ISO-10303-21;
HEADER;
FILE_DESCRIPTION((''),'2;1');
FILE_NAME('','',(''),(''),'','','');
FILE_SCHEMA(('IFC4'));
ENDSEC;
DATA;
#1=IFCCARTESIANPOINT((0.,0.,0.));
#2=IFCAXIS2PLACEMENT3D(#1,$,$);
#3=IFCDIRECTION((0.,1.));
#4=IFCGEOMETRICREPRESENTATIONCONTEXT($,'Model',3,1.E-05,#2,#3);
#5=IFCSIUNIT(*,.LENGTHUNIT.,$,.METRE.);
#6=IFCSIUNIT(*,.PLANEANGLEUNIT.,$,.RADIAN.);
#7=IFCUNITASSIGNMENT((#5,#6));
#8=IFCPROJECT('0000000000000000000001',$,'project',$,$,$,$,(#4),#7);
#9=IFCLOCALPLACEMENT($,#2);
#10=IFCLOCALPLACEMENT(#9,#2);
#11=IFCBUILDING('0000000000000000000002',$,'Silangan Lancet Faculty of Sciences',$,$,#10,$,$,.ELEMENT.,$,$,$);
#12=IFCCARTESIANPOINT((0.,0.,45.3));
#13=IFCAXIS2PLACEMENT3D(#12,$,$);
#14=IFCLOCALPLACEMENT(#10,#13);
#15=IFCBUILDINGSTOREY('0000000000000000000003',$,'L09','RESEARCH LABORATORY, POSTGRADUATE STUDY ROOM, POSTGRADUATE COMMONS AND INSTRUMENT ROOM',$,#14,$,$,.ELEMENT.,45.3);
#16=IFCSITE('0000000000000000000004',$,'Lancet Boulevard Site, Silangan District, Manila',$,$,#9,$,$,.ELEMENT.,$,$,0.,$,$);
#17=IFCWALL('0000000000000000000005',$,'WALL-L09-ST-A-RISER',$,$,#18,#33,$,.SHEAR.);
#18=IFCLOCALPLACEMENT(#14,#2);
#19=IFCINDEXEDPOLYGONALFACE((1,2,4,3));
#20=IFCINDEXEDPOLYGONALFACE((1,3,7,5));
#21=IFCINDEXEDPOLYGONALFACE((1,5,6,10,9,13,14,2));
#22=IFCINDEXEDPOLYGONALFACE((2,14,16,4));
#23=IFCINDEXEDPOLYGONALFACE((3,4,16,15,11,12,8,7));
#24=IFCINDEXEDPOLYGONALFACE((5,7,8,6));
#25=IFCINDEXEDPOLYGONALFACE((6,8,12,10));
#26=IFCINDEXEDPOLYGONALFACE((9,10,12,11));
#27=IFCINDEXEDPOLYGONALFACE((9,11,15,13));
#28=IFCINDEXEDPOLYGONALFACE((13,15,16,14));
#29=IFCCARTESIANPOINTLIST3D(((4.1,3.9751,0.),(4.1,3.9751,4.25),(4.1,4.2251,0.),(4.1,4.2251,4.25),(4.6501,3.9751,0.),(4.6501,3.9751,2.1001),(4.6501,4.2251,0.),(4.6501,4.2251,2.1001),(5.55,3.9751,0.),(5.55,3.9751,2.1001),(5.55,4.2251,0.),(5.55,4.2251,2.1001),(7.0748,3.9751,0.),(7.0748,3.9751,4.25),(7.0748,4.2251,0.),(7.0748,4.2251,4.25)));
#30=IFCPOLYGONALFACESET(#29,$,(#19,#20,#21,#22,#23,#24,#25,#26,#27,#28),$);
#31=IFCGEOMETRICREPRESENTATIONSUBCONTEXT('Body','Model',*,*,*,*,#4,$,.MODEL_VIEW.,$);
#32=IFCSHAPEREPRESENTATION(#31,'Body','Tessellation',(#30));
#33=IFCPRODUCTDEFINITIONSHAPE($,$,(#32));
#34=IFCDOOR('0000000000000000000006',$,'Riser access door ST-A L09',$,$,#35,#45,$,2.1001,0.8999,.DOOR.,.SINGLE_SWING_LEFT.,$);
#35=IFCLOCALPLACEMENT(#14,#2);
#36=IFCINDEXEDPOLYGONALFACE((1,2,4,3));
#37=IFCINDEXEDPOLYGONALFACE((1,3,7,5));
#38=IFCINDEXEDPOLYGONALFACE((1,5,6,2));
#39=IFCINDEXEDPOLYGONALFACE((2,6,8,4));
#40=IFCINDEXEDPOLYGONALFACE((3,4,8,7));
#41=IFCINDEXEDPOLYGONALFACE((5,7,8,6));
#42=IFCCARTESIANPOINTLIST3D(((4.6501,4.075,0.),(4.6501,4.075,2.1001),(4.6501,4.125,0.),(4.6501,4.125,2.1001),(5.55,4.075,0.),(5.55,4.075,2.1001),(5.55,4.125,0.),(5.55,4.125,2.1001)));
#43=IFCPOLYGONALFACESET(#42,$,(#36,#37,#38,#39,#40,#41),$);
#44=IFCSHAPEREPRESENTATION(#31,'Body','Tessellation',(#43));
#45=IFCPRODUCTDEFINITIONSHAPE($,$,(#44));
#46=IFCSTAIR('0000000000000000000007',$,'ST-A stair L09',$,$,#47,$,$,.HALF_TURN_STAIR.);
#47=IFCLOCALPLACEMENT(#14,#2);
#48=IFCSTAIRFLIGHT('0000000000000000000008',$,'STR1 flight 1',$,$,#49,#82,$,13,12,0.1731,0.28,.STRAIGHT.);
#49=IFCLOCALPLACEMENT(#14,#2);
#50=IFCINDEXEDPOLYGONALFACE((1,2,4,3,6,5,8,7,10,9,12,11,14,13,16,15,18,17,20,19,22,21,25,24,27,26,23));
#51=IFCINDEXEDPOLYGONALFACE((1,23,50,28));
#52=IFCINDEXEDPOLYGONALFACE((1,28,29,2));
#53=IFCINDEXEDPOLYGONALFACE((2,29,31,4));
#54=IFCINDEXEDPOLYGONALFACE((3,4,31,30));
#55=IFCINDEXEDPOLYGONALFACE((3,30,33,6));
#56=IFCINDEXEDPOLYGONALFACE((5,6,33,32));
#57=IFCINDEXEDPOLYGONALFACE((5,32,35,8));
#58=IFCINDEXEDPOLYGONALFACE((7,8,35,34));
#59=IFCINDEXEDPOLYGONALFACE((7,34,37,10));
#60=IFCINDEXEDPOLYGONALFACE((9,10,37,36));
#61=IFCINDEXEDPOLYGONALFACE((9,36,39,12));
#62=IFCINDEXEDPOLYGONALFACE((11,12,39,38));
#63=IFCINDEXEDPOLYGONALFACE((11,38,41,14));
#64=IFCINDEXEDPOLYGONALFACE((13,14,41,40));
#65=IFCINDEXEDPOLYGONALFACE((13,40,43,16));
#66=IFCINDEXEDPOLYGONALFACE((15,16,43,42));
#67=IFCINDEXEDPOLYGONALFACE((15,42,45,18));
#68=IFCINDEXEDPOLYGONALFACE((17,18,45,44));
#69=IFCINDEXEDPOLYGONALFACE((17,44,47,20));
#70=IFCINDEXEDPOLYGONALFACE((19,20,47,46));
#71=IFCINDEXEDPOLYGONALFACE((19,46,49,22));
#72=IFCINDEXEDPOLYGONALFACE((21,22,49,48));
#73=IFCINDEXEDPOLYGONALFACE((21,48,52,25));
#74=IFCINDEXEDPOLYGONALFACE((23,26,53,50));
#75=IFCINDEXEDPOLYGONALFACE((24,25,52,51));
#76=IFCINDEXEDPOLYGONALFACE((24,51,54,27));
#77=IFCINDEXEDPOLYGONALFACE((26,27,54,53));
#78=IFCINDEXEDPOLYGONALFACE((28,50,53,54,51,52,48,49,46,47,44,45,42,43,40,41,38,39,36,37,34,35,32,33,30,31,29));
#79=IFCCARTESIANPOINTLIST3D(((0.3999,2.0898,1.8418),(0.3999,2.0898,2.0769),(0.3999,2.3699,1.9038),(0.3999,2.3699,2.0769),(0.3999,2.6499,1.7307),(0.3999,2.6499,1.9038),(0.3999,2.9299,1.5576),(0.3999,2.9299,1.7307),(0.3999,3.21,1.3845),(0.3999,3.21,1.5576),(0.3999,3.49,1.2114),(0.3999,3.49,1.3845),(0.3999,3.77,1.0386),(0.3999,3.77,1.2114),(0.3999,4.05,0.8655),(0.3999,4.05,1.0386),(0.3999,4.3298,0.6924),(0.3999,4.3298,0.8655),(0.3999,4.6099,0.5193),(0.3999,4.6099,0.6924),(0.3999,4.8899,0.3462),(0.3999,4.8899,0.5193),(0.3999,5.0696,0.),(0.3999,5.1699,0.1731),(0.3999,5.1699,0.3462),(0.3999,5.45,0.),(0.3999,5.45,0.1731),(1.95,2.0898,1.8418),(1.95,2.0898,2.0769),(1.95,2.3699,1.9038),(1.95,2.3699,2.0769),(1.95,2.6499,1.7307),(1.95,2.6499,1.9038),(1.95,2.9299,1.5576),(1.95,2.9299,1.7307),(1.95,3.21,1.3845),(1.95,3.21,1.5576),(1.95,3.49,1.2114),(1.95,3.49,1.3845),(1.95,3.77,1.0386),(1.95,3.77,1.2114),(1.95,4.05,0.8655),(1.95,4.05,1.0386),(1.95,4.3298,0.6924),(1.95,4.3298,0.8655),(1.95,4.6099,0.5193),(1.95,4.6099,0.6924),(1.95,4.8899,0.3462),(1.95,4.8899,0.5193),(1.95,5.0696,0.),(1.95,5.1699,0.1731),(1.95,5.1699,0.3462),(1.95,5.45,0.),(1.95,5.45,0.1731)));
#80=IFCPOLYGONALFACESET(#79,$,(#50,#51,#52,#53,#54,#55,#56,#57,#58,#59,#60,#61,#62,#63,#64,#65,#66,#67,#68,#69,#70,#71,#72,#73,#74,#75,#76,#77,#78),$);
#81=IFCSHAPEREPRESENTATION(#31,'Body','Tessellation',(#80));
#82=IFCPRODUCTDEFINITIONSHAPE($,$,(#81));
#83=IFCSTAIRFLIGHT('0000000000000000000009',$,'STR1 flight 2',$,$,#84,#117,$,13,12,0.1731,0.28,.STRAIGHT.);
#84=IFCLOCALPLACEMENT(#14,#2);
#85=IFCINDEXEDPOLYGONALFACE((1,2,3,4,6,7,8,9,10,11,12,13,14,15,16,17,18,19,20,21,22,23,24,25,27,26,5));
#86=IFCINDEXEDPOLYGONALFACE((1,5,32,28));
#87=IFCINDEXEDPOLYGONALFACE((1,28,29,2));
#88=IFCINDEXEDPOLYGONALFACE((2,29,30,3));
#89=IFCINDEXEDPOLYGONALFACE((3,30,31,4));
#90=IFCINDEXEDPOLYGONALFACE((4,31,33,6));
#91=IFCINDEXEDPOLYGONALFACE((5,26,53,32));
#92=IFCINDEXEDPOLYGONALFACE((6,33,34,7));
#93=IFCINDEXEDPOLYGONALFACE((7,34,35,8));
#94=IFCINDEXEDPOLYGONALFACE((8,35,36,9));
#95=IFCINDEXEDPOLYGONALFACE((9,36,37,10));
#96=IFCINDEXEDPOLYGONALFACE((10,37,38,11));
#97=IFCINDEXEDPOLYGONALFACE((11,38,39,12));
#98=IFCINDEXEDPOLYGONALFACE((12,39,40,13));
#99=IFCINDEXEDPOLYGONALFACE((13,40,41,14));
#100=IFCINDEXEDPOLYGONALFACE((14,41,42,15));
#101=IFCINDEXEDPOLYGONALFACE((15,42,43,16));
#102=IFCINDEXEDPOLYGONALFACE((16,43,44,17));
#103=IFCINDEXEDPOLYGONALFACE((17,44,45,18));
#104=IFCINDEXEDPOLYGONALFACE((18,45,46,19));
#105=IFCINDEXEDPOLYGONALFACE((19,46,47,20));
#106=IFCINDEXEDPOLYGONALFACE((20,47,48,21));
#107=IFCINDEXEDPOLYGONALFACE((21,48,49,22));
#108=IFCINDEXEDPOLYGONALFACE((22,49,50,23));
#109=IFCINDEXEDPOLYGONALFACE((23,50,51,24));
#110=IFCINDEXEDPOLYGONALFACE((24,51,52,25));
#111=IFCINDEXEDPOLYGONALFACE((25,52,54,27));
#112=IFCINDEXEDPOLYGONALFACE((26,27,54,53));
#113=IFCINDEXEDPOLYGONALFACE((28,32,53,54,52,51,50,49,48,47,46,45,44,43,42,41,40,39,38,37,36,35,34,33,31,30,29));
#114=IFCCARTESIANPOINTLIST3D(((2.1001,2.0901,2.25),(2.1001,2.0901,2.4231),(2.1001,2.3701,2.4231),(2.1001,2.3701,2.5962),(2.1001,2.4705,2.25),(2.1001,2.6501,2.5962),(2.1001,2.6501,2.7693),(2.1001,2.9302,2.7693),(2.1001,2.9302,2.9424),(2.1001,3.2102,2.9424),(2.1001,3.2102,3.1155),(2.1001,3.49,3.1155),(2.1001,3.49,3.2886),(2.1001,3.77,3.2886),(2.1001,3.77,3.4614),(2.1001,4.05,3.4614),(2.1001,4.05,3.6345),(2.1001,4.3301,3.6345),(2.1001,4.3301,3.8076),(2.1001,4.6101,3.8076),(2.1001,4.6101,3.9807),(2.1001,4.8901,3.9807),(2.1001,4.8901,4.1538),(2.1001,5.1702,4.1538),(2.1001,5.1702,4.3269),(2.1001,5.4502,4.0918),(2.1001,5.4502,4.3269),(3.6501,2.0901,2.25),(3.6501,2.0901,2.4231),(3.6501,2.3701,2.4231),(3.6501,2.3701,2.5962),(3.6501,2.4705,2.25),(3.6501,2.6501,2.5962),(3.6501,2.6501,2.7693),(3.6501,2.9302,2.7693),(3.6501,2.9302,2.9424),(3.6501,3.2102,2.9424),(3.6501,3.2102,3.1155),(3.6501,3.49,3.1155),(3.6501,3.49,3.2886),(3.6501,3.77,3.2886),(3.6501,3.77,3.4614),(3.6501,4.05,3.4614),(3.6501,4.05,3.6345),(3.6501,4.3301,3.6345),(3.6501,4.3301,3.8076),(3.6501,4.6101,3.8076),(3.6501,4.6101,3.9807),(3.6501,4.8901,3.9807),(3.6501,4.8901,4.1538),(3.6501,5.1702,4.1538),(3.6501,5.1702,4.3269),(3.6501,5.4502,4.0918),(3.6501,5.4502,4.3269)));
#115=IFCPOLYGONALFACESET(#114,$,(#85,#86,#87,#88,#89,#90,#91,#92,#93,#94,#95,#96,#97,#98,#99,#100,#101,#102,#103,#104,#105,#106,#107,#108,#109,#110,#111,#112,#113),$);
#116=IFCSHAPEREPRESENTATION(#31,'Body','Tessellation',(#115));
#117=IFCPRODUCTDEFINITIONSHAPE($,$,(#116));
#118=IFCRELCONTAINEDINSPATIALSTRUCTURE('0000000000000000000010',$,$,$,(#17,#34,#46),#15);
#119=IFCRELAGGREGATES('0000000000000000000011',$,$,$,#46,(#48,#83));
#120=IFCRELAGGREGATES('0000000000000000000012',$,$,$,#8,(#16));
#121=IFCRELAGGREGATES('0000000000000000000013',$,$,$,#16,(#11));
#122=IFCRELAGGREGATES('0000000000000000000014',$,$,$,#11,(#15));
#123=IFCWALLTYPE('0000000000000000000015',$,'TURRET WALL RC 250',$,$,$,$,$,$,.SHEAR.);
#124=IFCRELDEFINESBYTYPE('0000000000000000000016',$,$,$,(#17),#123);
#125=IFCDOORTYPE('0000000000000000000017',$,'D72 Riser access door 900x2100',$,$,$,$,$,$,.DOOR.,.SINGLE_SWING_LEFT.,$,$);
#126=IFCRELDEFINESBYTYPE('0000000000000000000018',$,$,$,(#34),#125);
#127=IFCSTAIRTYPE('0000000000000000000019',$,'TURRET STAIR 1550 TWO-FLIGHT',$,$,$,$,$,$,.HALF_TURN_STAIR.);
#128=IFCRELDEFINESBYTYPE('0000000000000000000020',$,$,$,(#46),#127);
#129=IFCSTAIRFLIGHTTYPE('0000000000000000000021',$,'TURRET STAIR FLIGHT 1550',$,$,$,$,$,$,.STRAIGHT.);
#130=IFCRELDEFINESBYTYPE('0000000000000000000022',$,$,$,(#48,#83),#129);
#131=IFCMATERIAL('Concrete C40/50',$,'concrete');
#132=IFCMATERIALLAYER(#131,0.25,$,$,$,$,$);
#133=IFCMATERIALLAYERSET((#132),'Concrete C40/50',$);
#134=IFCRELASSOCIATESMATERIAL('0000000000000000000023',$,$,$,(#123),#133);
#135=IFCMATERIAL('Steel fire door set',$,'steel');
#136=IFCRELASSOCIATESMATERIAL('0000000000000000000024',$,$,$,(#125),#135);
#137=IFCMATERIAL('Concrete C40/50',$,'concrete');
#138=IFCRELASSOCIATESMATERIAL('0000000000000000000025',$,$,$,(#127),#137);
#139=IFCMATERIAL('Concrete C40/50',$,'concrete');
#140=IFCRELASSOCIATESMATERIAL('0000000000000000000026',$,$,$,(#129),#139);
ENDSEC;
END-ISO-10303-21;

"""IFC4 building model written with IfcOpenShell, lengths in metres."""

from ifc_helpers import new_model, si_unit, direction, frame, frame_2d, origin, place, context, subcontext, project, spatial, polyline, rectangle, outline, extrude, material, layer, layer_set, type_object, element, fill, aggregate, save


model = new_model("IFC4")

# Units and contexts
model_context = context("Model", 3, precision=1e-05, world=origin(), true_north=direction((0.0, 1.0)))
body_context = subcontext(model_context, "Body", "Model", "MODEL_VIEW")
ifc_project = project(units=[si_unit("LENGTHUNIT", "METRE"), si_unit("PLANEANGLEUNIT", "RADIAN")], contexts=[model_context])

# Site, building, storey
site_placement = place(None, origin())
site = spatial("IfcSite", under=ifc_project, at=site_placement, Name="Lancet Boulevard Site, Silangan District, Manila", CompositionType="ELEMENT", RefElevation=0.0)
building_placement = place(site_placement, origin())
building = spatial("IfcBuilding", under=site, at=building_placement, Name="Silangan Lancet Faculty of Sciences", CompositionType="ELEMENT")
storey_placement = place(building_placement, frame((0.0, 0.0, 45.3)))
storey = spatial("IfcBuildingStorey", under=building, at=storey_placement, Name="L09", Description="RESEARCH LABORATORY, POSTGRADUATE STUDY ROOM, POSTGRADUATE COMMONS AND INSTRUMENT ROOM", CompositionType="ELEMENT", Elevation=45.3)

# Shared definitions
ifc_material_1 = material(Name="Concrete C40/50", Category="concrete")
ifc_layer_1 = layer(ifc_material_1, 0.25)
ifc_layer_set_1 = layer_set([ifc_layer_1], Name="Concrete C40/50")
wall_type_1 = type_object("IfcWallType", Name="TURRET WALL RC 250", PredefinedType="SHEAR", material=ifc_layer_set_1)

# Wall, opening, door
wall_1_placement = place(storey_placement, frame((4.1001, 4.1001, 0.0), z_axis=(0.0, 0.0, 1.0), x_axis=(1.0, 0.0, 0.0)))
wall_1 = element("IfcWall", 1, at=wall_1_placement, inside=storey, type_object=wall_type_1, Name="WALL-L09-ST-A-RISER", PredefinedType="SHEAR", context=body_context, shape_type="SweptSolid", body=[
    extrude(rectangle(XDim=2.9749, YDim=0.25, at=frame_2d((1.4873, 0.0))), origin(), (0.0, 0.0, 1.0), 4.25),
])
opening_1_placement = place(wall_1_placement, frame((0.55, 0.0, 0.0)))
opening_1 = element("IfcOpeningElement", 2, at=opening_1_placement, cuts=wall_1, PredefinedType="OPENING", context=body_context, shape_type="SweptSolid", body=[
    extrude(rectangle(XDim=0.8999, YDim=2.1001, at=frame_2d((0.45, 1.05))), frame((0.0, 0.135, 0.0), z_axis=(0.0, -1.0, 0.0), x_axis=(1.0, 0.0, 0.0)), (0.0, 0.0, 1.0), 0.27),
])
ifc_material_2 = material(Name="Steel fire door set", Category="steel")
door_type_1 = type_object("IfcDoorType", Name="D72 Riser access door 900x2100", OperationType="SINGLE_SWING_LEFT", PredefinedType="DOOR", material=ifc_material_2)
door_1_placement = place(opening_1_placement, frame((0.8999, 0.0, 0.0), z_axis=(0.0, 0.0, 1.0), x_axis=(-1.0, 0.0, 0.0)))
door_1 = element("IfcDoor", 3, at=door_1_placement, inside=storey, type_object=door_type_1, Name="Riser access door ST-A L09", OperationType="SINGLE_SWING_LEFT", OverallHeight=2.1001, OverallWidth=0.8999, PredefinedType="DOOR", context=body_context, shape_type="SweptSolid", body=[
    extrude(rectangle(XDim=0.8999, YDim=2.1001, at=frame_2d((0.45, 1.05))), frame((0.0, 0.0251, 0.0), z_axis=(0.0, -1.0, 0.0), x_axis=(1.0, 0.0, 0.0)), (0.0, 0.0, 1.0), 0.05),
])
fill(opening_1, door_1)

# Stair, stair flights
ifc_material_3 = material(Name="Concrete C40/50", Category="concrete")
stair_type = type_object("IfcStairType", Name="TURRET STAIR 1550 TWO-FLIGHT", PredefinedType="HALF_TURN_STAIR", material=ifc_material_3)
stair_placement = place(storey_placement, origin())
stair = element("IfcStair", 4, at=stair_placement, inside=storey, type_object=stair_type, Name="ST-A stair L09", PredefinedType="HALF_TURN_STAIR")
ifc_material_4 = material(Name="Concrete C40/50", Category="concrete")
stair_flight_type = type_object("IfcStairFlightType", Name="TURRET STAIR FLIGHT 1550", PredefinedType="STRAIGHT", material=ifc_material_4)
stair_flight_1_placement = place(storey_placement, frame((1.175, 5.45, 0.0), z_axis=(0.0, 0.0, 1.0), x_axis=(0.0, -1.0, 0.0)))
stair_flight_1 = element("IfcStairFlight", 5, at=stair_flight_1_placement, type_object=stair_flight_type, Name="STR1 flight 1", NumberOfRisers=13, NumberOfTreads=12, PredefinedType="STRAIGHT", RiserHeight=0.1731, TreadLength=0.28, context=body_context, shape_type="SweptSolid", body=[
    extrude(outline(polyline([(0.0, 0.0), (0.0, 0.1731), (0.28, 0.1731), (0.28, 0.3462), (0.5601, 0.3462), (0.5601, 0.5193), (0.8401, 0.5193), (0.8401, 0.6924), (1.1201, 0.6924), (1.1201, 0.8655), (1.3999, 0.8655), (1.3999, 1.0386), (1.6799, 1.0386), (1.6799, 1.2114), (1.96, 1.2114), (1.96, 1.3845), (2.24, 1.3845), (2.24, 1.5576), (2.52, 1.5576), (2.52, 1.7307), (2.8, 1.7307), (2.8, 1.9038), (3.0801, 1.9038), (3.0801, 2.0769), (3.3601, 2.0769), (3.3601, 2.25), (3.3601, 1.8418), (0.3804, 0.0), (0.0, 0.0)])), frame((0.0, 0.7749, 0.0), z_axis=(0.0, -1.0, 0.0), x_axis=(1.0, 0.0, 0.0)), (0.0, 0.0, 1.0), 1.55),
])
stair_flight_2_placement = place(storey_placement, frame((2.875, 2.0901, 2.25), z_axis=(0.0, 0.0, 1.0), x_axis=(0.0, 1.0, 0.0)))
stair_flight_2 = element("IfcStairFlight", 6, at=stair_flight_2_placement, type_object=stair_flight_type, Name="STR1 flight 2", NumberOfRisers=13, NumberOfTreads=12, PredefinedType="STRAIGHT", RiserHeight=0.1731, TreadLength=0.28, context=body_context, shape_type="SweptSolid", body=[
    extrude(outline(polyline([(0.0, 0.0), (0.0, 0.1731), (0.28, 0.1731), (0.28, 0.3462), (0.5601, 0.3462), (0.5601, 0.5193), (0.8401, 0.5193), (0.8401, 0.6924), (1.1201, 0.6924), (1.1201, 0.8655), (1.3999, 0.8655), (1.3999, 1.0386), (1.6799, 1.0386), (1.6799, 1.2114), (1.96, 1.2114), (1.96, 1.3845), (2.24, 1.3845), (2.24, 1.5576), (2.52, 1.5576), (2.52, 1.7307), (2.8, 1.7307), (2.8, 1.9038), (3.0801, 1.9038), (3.0801, 2.0769), (3.3601, 2.0769), (3.3601, 2.25), (3.3601, 1.8418), (0.3804, 0.0), (0.0, 0.0)])), frame((0.0, 0.7749, 0.0), z_axis=(0.0, -1.0, 0.0), x_axis=(1.0, 0.0, 0.0)), (0.0, 0.0, 1.0), 1.55),
])
aggregate(stair, [stair_flight_1, stair_flight_2])

save(model, "model.ifc")
